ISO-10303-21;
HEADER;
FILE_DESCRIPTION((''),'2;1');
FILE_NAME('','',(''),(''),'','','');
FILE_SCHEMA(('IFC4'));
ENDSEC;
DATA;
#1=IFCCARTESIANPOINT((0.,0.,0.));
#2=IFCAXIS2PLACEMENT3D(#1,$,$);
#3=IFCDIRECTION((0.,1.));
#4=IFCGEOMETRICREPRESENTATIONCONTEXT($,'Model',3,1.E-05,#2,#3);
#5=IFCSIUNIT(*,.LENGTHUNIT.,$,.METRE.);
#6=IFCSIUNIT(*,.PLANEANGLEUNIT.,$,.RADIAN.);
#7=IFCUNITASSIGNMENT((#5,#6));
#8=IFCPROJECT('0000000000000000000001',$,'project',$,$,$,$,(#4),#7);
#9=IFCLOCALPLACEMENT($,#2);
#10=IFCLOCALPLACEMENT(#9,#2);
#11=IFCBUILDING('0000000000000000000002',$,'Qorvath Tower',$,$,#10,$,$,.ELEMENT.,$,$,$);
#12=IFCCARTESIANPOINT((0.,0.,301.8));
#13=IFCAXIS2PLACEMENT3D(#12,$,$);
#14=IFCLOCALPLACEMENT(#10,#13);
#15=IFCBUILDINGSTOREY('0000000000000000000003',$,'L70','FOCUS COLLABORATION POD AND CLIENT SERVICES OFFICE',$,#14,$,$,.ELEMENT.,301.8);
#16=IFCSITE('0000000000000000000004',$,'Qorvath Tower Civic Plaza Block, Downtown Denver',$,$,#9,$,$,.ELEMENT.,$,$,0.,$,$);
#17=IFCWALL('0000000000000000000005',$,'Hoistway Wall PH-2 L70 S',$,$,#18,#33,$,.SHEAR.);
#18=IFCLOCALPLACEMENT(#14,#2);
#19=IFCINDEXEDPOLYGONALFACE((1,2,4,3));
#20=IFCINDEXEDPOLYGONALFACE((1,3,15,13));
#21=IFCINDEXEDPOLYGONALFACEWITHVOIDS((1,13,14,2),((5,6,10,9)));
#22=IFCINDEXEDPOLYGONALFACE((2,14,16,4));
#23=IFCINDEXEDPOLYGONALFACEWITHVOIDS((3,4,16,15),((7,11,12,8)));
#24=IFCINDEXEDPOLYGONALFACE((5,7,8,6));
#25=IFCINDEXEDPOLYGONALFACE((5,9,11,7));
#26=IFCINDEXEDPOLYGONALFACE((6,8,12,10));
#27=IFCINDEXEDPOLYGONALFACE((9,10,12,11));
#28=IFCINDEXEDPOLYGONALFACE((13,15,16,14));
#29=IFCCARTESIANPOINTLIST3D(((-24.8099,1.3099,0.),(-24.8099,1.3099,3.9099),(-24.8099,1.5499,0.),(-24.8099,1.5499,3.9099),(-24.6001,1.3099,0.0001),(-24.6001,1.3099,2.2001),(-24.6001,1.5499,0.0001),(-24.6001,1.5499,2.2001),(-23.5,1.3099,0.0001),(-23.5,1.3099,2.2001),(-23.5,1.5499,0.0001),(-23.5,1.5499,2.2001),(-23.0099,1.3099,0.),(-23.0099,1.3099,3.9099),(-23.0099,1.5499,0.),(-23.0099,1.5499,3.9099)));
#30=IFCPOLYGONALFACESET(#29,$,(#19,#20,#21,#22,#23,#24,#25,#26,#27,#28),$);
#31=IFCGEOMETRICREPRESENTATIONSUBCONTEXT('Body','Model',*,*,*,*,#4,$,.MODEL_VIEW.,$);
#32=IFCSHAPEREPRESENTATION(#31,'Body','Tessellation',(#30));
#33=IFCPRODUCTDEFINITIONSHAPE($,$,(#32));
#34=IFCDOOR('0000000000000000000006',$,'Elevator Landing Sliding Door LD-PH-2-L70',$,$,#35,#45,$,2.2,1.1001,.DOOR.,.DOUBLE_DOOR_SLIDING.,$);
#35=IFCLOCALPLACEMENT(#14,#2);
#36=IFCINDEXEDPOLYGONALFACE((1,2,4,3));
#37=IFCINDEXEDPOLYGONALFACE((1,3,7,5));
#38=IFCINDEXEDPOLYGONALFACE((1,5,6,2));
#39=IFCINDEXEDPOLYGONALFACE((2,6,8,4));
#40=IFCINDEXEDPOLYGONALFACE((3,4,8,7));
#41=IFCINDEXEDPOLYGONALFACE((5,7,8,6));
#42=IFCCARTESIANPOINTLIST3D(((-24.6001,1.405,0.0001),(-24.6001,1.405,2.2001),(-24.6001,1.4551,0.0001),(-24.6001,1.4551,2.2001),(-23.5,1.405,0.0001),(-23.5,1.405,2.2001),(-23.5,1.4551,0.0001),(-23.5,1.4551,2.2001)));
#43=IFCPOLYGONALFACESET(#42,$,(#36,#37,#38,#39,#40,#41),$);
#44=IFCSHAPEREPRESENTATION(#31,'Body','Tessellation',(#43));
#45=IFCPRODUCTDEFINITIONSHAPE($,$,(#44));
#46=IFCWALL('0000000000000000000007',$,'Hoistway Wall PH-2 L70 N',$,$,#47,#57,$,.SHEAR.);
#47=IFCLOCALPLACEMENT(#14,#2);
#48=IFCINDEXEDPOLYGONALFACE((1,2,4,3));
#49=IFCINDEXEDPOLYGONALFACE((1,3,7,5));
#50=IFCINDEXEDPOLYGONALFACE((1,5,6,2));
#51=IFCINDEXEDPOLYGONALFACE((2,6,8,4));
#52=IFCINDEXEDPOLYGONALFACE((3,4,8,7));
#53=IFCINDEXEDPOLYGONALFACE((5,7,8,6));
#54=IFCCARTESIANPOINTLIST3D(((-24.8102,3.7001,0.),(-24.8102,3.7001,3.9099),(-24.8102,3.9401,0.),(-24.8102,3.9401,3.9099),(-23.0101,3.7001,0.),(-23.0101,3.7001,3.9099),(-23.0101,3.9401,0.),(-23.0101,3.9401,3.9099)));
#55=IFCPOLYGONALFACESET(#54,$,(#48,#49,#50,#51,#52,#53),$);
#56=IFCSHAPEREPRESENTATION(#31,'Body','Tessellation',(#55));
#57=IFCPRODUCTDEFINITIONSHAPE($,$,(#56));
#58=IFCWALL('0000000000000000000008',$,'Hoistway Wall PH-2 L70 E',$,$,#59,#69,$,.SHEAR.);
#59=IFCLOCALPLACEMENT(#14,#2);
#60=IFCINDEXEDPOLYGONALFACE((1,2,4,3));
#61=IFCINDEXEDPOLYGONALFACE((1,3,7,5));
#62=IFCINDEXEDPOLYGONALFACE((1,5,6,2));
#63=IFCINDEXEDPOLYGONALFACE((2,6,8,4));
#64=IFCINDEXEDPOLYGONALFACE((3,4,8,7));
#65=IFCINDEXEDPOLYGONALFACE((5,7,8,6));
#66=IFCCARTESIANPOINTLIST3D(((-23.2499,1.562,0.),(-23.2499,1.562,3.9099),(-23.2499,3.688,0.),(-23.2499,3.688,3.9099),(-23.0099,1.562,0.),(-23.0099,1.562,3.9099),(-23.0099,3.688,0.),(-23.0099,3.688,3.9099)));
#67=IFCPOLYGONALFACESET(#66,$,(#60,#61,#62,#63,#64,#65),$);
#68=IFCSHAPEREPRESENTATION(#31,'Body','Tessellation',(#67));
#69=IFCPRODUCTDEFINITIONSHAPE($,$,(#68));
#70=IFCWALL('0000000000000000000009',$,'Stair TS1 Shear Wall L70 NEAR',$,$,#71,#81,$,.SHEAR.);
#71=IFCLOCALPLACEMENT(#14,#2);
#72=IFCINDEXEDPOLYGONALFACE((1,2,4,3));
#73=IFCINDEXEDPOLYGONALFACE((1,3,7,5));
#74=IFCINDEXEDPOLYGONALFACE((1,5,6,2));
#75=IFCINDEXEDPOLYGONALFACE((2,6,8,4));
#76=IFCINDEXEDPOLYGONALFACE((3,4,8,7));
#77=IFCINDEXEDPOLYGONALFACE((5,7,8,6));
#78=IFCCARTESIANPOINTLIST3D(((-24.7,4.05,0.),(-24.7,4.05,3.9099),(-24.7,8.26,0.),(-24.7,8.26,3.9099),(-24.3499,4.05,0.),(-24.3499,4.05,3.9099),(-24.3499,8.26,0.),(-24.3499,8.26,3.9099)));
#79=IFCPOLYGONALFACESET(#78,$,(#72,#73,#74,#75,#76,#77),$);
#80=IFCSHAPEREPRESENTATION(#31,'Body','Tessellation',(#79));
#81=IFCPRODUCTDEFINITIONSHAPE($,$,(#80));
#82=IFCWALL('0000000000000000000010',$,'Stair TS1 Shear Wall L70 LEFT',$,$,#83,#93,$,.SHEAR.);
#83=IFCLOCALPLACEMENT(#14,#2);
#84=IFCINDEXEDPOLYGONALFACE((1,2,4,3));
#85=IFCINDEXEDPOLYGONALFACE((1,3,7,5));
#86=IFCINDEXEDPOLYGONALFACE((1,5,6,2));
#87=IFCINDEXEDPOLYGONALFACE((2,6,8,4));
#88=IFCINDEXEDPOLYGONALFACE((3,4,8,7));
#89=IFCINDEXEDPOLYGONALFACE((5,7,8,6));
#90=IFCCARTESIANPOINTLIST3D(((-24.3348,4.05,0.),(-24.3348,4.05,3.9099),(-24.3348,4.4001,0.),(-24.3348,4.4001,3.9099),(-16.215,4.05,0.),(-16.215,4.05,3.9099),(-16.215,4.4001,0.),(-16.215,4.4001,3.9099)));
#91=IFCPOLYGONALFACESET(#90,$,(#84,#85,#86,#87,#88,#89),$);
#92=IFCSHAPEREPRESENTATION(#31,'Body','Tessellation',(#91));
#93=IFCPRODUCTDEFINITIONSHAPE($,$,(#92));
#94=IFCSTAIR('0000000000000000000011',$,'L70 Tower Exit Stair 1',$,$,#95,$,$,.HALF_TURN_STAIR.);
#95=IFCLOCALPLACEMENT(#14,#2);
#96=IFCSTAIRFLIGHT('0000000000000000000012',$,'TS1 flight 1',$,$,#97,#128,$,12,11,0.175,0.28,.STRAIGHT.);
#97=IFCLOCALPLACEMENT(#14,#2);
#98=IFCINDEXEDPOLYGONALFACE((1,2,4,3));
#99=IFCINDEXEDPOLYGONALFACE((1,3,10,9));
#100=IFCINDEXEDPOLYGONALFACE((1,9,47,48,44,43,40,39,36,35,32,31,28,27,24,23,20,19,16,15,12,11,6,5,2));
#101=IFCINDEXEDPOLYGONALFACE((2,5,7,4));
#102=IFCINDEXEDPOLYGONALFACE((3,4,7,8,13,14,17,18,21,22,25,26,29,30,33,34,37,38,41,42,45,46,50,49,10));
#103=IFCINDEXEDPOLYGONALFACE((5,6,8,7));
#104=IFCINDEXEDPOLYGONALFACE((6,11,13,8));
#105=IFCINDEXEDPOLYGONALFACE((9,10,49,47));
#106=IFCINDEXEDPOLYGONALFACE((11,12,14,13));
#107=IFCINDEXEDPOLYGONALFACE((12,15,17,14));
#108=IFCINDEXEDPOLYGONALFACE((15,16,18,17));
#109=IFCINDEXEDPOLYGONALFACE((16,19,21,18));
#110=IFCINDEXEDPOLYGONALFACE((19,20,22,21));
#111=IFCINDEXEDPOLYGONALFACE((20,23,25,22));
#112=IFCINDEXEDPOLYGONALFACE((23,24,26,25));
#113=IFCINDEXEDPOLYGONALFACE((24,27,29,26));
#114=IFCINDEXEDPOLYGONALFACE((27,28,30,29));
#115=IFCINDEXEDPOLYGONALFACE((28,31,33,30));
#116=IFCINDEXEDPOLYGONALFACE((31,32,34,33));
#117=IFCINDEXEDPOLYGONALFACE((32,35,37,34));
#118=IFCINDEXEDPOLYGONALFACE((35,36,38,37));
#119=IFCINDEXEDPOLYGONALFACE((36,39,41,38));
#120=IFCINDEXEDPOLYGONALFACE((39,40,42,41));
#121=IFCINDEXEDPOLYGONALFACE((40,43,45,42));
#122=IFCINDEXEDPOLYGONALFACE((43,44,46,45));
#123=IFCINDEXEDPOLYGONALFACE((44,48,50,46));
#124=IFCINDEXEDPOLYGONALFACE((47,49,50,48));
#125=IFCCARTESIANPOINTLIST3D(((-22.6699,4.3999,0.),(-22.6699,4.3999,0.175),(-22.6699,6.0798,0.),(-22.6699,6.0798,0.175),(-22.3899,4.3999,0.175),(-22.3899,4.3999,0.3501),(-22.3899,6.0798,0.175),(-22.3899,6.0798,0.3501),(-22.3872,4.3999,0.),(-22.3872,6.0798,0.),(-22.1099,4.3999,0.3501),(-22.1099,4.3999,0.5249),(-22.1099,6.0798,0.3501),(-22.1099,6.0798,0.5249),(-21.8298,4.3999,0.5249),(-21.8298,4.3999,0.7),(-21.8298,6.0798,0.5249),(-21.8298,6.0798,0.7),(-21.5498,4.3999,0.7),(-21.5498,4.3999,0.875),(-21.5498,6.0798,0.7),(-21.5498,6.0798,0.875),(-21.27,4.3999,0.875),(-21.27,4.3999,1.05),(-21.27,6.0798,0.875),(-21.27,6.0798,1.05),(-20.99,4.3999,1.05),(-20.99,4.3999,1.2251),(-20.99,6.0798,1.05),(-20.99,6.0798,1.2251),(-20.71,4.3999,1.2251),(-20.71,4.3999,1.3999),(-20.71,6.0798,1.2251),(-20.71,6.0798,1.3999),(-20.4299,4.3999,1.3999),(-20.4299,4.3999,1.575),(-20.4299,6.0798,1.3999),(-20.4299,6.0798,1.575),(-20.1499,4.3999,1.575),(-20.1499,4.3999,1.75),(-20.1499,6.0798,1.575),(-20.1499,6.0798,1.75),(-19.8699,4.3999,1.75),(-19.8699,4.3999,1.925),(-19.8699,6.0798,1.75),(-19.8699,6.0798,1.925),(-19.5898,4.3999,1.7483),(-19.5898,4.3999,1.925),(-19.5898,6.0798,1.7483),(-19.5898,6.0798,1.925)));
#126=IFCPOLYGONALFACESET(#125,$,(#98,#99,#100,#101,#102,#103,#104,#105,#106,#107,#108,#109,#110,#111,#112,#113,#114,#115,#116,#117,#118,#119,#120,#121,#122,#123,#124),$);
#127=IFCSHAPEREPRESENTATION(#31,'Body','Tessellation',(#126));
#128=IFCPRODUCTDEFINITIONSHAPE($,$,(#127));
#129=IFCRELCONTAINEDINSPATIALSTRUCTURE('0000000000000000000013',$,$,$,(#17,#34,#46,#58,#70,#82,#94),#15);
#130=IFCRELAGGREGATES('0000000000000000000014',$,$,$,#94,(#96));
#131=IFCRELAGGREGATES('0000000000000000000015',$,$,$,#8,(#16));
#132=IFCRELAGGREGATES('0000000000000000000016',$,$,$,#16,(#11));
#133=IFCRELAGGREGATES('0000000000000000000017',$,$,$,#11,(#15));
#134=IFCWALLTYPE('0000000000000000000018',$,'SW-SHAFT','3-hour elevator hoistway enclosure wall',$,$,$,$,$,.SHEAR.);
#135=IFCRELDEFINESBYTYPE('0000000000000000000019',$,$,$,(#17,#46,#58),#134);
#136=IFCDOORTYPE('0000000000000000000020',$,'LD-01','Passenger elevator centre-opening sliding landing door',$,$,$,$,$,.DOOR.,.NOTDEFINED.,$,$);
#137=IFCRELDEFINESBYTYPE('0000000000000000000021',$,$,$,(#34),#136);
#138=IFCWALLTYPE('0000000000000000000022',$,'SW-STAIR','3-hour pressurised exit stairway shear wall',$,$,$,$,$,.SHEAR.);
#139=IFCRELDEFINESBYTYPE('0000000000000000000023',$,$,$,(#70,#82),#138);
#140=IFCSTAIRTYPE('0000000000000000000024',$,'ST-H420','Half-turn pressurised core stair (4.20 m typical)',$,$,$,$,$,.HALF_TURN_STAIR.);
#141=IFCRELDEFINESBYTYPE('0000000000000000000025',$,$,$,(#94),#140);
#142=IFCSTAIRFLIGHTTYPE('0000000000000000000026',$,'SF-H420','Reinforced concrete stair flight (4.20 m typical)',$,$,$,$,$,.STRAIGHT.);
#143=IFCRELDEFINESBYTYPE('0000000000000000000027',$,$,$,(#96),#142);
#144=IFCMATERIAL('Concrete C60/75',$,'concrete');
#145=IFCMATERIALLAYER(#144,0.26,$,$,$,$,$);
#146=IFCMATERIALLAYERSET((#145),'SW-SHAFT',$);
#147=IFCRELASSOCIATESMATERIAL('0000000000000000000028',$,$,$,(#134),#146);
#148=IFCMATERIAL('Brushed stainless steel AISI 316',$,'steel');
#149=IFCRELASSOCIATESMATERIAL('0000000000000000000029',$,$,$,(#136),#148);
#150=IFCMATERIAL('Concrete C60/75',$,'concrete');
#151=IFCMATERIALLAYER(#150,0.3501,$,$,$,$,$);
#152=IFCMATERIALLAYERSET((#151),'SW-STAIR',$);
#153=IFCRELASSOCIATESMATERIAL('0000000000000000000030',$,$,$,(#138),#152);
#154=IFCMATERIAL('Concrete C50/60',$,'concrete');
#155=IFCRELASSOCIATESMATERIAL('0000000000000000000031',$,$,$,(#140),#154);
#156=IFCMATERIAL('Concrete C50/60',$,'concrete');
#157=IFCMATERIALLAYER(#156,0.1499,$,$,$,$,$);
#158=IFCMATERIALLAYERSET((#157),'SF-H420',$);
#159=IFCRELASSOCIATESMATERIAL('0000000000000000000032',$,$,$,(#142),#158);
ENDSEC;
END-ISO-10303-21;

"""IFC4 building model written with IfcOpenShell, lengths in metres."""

from ifc_helpers import new_model, si_unit, direction, frame, frame_2d, origin, place, context, subcontext, project, spatial, polyline, rectangle, outline, extrude, material, layer, layer_set, type_object, element, fill, aggregate, save


model = new_model("IFC4")

# Units and contexts
model_context = context("Model", 3, precision=1e-05, world=origin(), true_north=direction((0.0, 1.0)))
body_context = subcontext(model_context, "Body", "Model", "MODEL_VIEW")
ifc_project = project(units=[si_unit("LENGTHUNIT", "METRE"), si_unit("PLANEANGLEUNIT", "RADIAN")], contexts=[model_context])

# Site, building, storey
site_placement = place(None, origin())
site = spatial("IfcSite", under=ifc_project, at=site_placement, Name="Qorvath Tower Civic Plaza Block, Downtown Denver", CompositionType="ELEMENT", RefElevation=0.0)
building_placement = place(site_placement, origin())
building = spatial("IfcBuilding", under=site, at=building_placement, Name="Qorvath Tower", CompositionType="ELEMENT")
storey_placement = place(building_placement, frame((0.0, 0.0, 301.8)))
storey = spatial("IfcBuildingStorey", under=building, at=storey_placement, Name="L70", Description="FOCUS COLLABORATION POD AND CLIENT SERVICES OFFICE", CompositionType="ELEMENT", Elevation=301.8)

# Shared definitions
ifc_material_1 = material(Name="Concrete C60/75", Category="concrete")
ifc_layer_1 = layer(ifc_material_1, 0.26)
ifc_layer_set_1 = layer_set([ifc_layer_1], Name="SW-SHAFT")
wall_type_1 = type_object("IfcWallType", Name="SW-SHAFT", Description="3-hour elevator hoistway enclosure wall", PredefinedType="SHEAR", material=ifc_layer_set_1)

# Shared definitions
ifc_material_2 = material(Name="Brushed stainless steel AISI 316", Category="steel")
door_type_1 = type_object("IfcDoorType", Name="LD-01", Description="Passenger elevator centre-opening sliding landing door", OperationType="NOTDEFINED", PredefinedType="DOOR", material=ifc_material_2)

# Wall, opening, door
wall_1_placement = place(storey_placement, frame((-23.01, 1.4299, 0.0), z_axis=(0.0, 0.0, 1.0), x_axis=(-1.0, 0.0, 0.0)))
wall_1 = element("IfcWall", 1, at=wall_1_placement, inside=storey, type_object=wall_type_1, Name="Hoistway Wall PH-2 L70 S", PredefinedType="SHEAR", context=body_context, shape_type="SweptSolid", body=[
    extrude(rectangle(XDim=1.8, YDim=0.24, at=frame_2d((0.8999, 0.0))), origin(), (0.0, 0.0, 1.0), 3.9099),
])
opening_1_placement = place(wall_1_placement, frame((0.49, 0.0, 0.0)))
opening_1 = element("IfcOpeningElement", 2, at=opening_1_placement, cuts=wall_1, PredefinedType="OPENING", context=body_context, shape_type="SweptSolid", body=[
    extrude(rectangle(XDim=1.1001, YDim=2.2, at=frame_2d((0.55, 1.1001))), frame((0.0, 0.1299, 0.0), z_axis=(0.0, -1.0, 0.0), x_axis=(1.0, 0.0, 0.0)), (0.0, 0.0, 1.0), 0.26),
])
door_1_placement = place(opening_1_placement, origin())
door_1 = element("IfcDoor", 3, at=door_1_placement, inside=storey, type_object=door_type_1, Name="Elevator Landing Sliding Door LD-PH-2-L70", OperationType="DOUBLE_DOOR_SLIDING", OverallHeight=2.2, OverallWidth=1.1001, PredefinedType="DOOR", context=body_context, shape_type="SweptSolid", body=[
    extrude(rectangle(XDim=1.1001, YDim=2.2, at=frame_2d((0.55, 1.1001))), frame((0.0, 0.0249, 0.0), z_axis=(0.0, -1.0, 0.0), x_axis=(1.0, 0.0, 0.0)), (0.0, 0.0, 1.0), 0.05),
])
fill(opening_1, door_1)

# Walls
wall_2_placement = place(storey_placement, frame((-24.8101, 3.8201, 0.0), z_axis=(0.0, 0.0, 1.0), x_axis=(1.0, 0.0, 0.0)))
element("IfcWall", 4, at=wall_2_placement, inside=storey, type_object=wall_type_1, Name="Hoistway Wall PH-2 L70 N", PredefinedType="SHEAR", context=body_context, shape_type="SweptSolid", body=[
    extrude(rectangle(XDim=1.8, YDim=0.24, at=frame_2d((0.8999, 0.0))), origin(), (0.0, 0.0, 1.0), 3.9099),
])
wall_3_placement = place(storey_placement, frame((-23.1299, 3.688, 0.0), z_axis=(0.0, 0.0, 1.0), x_axis=(0.0, -1.0, 0.0)))
element("IfcWall", 5, at=wall_3_placement, inside=storey, type_object=wall_type_1, Name="Hoistway Wall PH-2 L70 E", PredefinedType="SHEAR", context=body_context, shape_type="SweptSolid", body=[
    extrude(rectangle(XDim=2.126, YDim=0.24, at=frame_2d((1.063, 0.0))), origin(), (0.0, 0.0, 1.0), 3.9099),
])
ifc_material_3 = material(Name="Concrete C60/75", Category="concrete")
ifc_layer_2 = layer(ifc_material_3, 0.3501)
ifc_layer_set_2 = layer_set([ifc_layer_2], Name="SW-STAIR")
wall_type_2 = type_object("IfcWallType", Name="SW-STAIR", Description="3-hour pressurised exit stairway shear wall", PredefinedType="SHEAR", material=ifc_layer_set_2)
wall_4_placement = place(storey_placement, frame((-24.5249, 8.26, 0.0), z_axis=(0.0, 0.0, 1.0), x_axis=(0.0, -1.0, 0.0)))
element("IfcWall", 6, at=wall_4_placement, inside=storey, type_object=wall_type_2, Name="Stair TS1 Shear Wall L70 NEAR", PredefinedType="SHEAR", context=body_context, shape_type="SweptSolid", body=[
    extrude(rectangle(XDim=4.21, YDim=0.3501, at=frame_2d((2.105, 0.0))), origin(), (0.0, 0.0, 1.0), 3.9099),
])
wall_5_placement = place(storey_placement, frame((-24.335, 4.2251, 0.0), z_axis=(0.0, 0.0, 1.0), x_axis=(1.0, 0.0, 0.0)))
element("IfcWall", 7, at=wall_5_placement, inside=storey, type_object=wall_type_2, Name="Stair TS1 Shear Wall L70 LEFT", PredefinedType="SHEAR", context=body_context, shape_type="SweptSolid", body=[
    extrude(rectangle(XDim=8.1199, YDim=0.3501, at=frame_2d((4.0601, 0.0))), origin(), (0.0, 0.0, 1.0), 3.9099),
])

# Stair, stair flight
ifc_material_4 = material(Name="Concrete C50/60", Category="concrete")
stair_type = type_object("IfcStairType", Name="ST-H420", Description="Half-turn pressurised core stair (4.20 m typical)", PredefinedType="HALF_TURN_STAIR", material=ifc_material_4)
stair_placement = place(storey_placement, origin())
stair = element("IfcStair", 8, at=stair_placement, inside=storey, type_object=stair_type, Name="L70 Tower Exit Stair 1", PredefinedType="HALF_TURN_STAIR")
ifc_material_5 = material(Name="Concrete C50/60", Category="concrete")
ifc_layer_3 = layer(ifc_material_5, 0.1499)
ifc_layer_set_3 = layer_set([ifc_layer_3], Name="SF-H420")
stair_flight_type = type_object("IfcStairFlightType", Name="SF-H420", Description="Reinforced concrete stair flight (4.20 m typical)", PredefinedType="STRAIGHT", material=ifc_layer_set_3)
stair_flight_placement = place(storey_placement, frame((-22.6699, 5.24, 0.0), z_axis=(0.0, 0.0, 1.0), x_axis=(1.0, 0.0, 0.0)))
stair_flight = element("IfcStairFlight", 9, at=stair_flight_placement, type_object=stair_flight_type, Name="TS1 flight 1", NumberOfRisers=12, NumberOfTreads=11, PredefinedType="STRAIGHT", RiserHeight=0.175, TreadLength=0.28, context=body_context, shape_type="SweptSolid", body=[
    extrude(outline(polyline([(0.0, 0.0), (0.0, 0.175), (0.28, 0.175), (0.28, 0.3501), (0.5601, 0.3501), (0.5601, 0.5249), (0.8401, 0.5249), (0.8401, 0.7), (1.1201, 0.7), (1.1201, 0.875), (1.3999, 0.875), (1.3999, 1.05), (1.6799, 1.05), (1.6799, 1.2251), (1.96, 1.2251), (1.96, 1.3999), (2.24, 1.3999), (2.24, 1.575), (2.52, 1.575), (2.52, 1.75), (2.8, 1.75), (2.8, 1.925), (3.0801, 1.925), (3.0801, 2.1001), (3.0801, 1.7483), (0.2827, 0.0), (0.0, 0.0)])), frame((0.0, 0.8398, 0.0), z_axis=(0.0, -1.0, 0.0), x_axis=(1.0, 0.0, 0.0)), (0.0, 0.0, 1.0), 1.6799),
])
aggregate(stair, [stair_flight])

save(model, "model.ifc")
